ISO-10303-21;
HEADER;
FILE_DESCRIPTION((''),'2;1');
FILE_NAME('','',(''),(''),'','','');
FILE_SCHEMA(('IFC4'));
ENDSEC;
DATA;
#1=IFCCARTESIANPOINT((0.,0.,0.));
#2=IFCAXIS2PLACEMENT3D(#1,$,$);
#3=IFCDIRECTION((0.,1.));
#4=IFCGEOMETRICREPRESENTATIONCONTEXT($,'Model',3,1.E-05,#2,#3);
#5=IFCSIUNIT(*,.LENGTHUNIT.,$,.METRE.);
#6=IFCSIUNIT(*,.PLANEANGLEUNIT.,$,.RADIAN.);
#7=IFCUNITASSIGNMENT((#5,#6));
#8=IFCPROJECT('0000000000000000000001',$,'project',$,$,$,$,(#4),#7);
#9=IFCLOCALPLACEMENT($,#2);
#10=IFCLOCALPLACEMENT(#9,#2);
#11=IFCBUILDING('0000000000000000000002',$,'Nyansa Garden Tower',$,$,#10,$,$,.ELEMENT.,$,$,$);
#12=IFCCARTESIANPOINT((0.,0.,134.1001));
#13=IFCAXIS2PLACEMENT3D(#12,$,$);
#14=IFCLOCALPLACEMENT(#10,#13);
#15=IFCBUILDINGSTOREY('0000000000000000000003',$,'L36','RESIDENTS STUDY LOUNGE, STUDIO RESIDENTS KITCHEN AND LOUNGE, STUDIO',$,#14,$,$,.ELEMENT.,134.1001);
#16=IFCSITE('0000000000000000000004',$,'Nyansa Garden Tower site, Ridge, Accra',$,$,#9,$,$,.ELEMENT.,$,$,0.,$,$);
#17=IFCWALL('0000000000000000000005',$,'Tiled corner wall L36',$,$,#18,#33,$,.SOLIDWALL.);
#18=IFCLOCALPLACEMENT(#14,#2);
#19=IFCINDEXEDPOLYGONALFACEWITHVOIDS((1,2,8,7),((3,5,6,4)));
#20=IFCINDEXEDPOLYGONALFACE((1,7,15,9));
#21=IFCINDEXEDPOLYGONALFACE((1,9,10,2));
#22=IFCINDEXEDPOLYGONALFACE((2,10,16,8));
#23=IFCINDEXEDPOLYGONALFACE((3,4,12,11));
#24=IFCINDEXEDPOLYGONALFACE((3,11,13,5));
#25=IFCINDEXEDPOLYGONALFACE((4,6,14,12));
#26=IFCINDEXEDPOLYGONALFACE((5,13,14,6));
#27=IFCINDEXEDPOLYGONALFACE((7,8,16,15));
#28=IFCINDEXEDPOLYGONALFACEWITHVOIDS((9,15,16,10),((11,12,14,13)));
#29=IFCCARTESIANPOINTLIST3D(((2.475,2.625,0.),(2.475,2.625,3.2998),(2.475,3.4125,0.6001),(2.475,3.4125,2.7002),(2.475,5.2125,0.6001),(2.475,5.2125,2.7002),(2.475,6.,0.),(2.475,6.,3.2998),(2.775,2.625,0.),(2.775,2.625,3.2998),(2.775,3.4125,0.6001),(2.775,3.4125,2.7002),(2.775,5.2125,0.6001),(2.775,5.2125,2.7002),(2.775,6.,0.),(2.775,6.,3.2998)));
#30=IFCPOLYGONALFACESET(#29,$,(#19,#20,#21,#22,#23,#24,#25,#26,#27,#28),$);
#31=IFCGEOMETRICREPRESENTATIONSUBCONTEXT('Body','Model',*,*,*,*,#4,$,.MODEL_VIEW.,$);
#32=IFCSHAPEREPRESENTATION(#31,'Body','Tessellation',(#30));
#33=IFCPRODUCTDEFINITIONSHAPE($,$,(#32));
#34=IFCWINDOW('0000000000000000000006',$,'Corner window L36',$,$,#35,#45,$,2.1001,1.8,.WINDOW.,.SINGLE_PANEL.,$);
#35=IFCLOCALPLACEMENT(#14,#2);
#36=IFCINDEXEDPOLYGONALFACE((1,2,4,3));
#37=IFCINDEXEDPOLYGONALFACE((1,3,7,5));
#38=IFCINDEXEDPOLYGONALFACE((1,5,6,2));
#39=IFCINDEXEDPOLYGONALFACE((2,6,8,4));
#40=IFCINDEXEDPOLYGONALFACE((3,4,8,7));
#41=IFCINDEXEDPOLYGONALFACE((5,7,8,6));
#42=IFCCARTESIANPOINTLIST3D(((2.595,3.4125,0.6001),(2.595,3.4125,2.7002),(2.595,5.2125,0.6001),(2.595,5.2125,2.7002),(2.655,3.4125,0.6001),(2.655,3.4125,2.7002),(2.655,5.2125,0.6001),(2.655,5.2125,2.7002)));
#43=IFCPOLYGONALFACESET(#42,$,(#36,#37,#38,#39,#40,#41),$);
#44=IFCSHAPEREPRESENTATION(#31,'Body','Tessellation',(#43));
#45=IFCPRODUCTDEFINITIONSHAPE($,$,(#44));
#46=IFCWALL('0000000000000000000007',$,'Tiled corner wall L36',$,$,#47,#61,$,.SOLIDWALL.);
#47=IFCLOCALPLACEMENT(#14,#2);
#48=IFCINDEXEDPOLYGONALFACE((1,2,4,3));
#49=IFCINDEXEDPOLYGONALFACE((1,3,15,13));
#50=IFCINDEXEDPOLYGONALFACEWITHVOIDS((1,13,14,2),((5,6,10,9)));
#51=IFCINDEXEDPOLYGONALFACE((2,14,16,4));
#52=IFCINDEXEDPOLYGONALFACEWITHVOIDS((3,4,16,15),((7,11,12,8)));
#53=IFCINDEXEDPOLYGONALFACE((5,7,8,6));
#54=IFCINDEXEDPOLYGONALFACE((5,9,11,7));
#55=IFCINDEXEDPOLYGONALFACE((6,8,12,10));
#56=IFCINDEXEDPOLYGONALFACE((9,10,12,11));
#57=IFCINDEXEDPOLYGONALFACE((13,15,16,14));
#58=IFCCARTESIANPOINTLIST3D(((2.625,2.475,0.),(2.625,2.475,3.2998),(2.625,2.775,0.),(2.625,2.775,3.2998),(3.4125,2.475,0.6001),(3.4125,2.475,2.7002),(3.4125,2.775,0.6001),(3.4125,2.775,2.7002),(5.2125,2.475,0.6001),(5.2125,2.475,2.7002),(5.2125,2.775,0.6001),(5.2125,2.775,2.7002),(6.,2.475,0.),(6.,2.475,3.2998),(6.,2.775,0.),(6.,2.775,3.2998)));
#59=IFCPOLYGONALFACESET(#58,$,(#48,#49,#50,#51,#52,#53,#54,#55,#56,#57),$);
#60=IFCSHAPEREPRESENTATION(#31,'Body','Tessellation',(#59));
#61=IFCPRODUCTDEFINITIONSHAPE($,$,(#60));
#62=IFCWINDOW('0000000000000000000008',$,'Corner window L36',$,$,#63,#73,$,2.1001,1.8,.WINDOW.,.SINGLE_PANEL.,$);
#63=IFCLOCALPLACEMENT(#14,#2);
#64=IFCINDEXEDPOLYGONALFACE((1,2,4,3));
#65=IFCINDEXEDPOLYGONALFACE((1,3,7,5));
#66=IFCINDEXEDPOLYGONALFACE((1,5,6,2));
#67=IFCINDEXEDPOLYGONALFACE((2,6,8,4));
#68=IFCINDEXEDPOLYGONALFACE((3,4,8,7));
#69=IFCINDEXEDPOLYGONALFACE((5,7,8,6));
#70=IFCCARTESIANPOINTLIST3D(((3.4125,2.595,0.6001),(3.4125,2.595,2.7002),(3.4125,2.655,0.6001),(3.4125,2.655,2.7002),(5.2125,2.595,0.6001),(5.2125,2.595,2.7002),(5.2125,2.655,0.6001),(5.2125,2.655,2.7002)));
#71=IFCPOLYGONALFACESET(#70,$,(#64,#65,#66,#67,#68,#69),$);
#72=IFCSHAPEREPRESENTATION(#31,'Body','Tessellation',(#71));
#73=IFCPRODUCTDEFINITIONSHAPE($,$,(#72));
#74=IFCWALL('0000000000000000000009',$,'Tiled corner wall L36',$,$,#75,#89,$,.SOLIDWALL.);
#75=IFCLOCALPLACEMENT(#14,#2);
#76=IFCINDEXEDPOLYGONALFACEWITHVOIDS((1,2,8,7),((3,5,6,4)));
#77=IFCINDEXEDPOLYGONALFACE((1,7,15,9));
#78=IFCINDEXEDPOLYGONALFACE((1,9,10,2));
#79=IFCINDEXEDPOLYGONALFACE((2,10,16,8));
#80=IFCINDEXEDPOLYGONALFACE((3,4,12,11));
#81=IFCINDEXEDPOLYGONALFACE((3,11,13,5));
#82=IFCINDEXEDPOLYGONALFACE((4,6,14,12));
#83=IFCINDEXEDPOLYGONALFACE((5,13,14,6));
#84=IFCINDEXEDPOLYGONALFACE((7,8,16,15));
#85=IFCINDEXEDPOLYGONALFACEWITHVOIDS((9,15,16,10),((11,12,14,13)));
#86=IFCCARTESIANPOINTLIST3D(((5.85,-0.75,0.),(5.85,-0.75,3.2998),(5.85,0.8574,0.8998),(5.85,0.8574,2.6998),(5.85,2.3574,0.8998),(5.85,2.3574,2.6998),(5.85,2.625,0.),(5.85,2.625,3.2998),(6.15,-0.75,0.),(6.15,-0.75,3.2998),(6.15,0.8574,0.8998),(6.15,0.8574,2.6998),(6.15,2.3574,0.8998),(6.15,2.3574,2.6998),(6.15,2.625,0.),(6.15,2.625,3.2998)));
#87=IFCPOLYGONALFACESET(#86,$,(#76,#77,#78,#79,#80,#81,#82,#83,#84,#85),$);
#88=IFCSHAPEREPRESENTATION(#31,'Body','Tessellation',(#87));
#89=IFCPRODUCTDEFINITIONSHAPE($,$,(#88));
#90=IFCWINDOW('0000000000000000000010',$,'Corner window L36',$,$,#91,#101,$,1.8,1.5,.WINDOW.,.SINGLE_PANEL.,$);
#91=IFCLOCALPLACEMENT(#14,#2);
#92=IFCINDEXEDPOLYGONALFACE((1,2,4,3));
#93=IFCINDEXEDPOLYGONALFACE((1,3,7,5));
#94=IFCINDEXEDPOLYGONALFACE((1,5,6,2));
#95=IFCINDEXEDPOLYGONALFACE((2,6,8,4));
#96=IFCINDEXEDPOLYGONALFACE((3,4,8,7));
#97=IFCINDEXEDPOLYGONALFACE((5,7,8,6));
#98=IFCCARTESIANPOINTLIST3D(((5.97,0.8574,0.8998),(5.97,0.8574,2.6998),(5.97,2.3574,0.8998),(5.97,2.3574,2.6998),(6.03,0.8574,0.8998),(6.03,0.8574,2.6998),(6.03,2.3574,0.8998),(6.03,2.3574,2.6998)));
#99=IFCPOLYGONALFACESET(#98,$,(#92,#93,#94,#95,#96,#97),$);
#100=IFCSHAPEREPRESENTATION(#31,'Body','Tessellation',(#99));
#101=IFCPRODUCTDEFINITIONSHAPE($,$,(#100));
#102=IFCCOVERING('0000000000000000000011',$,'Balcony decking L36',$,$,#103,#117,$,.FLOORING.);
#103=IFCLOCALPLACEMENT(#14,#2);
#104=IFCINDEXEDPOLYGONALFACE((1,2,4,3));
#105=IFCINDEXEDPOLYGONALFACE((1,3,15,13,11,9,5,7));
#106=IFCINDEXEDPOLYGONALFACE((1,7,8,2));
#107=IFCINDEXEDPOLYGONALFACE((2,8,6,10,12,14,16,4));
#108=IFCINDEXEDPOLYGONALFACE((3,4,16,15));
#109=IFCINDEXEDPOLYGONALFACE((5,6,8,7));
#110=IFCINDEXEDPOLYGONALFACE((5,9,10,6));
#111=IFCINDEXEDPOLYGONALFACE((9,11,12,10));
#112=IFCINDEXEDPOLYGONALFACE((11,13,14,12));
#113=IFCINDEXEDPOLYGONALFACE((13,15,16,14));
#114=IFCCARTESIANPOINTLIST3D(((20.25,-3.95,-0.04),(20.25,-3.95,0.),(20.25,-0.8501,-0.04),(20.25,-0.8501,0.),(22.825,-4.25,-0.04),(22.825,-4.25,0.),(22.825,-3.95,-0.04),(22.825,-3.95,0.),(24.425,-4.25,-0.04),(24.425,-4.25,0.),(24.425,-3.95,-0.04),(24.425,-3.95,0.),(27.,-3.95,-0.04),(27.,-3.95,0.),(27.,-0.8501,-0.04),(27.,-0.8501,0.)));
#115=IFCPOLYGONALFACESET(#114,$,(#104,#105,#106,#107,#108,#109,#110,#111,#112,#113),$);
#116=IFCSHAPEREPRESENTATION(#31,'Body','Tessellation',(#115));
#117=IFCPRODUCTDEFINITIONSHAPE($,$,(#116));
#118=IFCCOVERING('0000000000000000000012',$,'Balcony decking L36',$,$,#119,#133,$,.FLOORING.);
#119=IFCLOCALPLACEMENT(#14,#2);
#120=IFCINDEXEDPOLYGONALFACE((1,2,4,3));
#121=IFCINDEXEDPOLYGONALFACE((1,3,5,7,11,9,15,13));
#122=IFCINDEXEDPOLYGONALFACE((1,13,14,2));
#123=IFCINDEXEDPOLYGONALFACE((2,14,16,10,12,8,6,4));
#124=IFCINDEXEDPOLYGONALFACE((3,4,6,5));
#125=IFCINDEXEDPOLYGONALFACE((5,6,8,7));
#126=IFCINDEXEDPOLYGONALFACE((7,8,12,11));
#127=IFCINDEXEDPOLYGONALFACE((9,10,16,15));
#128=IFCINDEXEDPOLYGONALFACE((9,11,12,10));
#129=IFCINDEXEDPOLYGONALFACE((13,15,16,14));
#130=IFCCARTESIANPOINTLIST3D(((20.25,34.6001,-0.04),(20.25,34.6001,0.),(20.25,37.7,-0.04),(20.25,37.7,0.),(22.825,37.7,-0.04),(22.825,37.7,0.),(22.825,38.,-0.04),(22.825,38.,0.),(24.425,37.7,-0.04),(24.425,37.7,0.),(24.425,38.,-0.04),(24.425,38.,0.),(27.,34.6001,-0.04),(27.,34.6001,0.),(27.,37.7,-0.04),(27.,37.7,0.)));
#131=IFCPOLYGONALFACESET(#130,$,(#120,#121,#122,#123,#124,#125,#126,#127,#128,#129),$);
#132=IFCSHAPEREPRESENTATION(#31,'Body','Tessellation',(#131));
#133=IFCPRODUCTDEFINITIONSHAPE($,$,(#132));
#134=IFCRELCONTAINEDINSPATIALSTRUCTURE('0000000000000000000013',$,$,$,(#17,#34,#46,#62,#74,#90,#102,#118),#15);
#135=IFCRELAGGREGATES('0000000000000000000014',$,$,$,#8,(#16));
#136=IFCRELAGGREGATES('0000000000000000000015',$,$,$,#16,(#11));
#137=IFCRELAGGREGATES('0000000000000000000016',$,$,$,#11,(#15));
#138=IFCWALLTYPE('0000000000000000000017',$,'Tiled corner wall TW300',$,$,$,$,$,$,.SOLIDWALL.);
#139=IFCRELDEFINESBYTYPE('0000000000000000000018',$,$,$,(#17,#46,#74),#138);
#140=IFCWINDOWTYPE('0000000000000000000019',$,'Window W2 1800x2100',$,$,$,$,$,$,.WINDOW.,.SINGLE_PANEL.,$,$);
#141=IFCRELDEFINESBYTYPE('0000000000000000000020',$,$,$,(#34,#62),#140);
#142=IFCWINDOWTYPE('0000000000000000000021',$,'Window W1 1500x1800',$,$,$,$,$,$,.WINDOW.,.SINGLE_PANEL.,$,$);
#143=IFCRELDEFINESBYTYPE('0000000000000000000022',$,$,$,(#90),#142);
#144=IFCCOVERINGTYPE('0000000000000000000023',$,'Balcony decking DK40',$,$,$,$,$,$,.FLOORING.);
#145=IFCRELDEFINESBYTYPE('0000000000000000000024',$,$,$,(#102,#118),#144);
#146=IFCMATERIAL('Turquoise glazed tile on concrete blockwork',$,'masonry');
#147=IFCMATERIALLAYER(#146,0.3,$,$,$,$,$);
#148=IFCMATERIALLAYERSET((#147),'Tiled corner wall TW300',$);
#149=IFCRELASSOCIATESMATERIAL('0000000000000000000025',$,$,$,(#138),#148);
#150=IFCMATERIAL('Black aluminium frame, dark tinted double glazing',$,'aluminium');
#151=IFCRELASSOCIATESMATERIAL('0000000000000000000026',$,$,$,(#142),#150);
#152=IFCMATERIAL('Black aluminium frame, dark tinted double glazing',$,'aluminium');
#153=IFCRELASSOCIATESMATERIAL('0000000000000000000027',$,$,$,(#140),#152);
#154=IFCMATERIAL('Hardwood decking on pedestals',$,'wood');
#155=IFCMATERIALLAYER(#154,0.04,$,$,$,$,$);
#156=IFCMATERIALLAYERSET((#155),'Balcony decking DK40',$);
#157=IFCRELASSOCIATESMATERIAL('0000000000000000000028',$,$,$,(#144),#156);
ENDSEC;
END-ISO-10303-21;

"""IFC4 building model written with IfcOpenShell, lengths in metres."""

from ifc_helpers import new_model, si_unit, direction, frame, frame_2d, origin, place, context, subcontext, project, spatial, polyline, rectangle, outline, extrude, material, layer, layer_set, type_object, element, fill, save


model = new_model("IFC4")

# Units and contexts
model_context = context("Model", 3, precision=1e-05, world=origin(), true_north=direction((0.0, 1.0)))
body_context = subcontext(model_context, "Body", "Model", "MODEL_VIEW")
ifc_project = project(units=[si_unit("LENGTHUNIT", "METRE"), si_unit("PLANEANGLEUNIT", "RADIAN")], contexts=[model_context])

# Site, building, storey
site_placement = place(None, origin())
site = spatial("IfcSite", under=ifc_project, at=site_placement, Name="Nyansa Garden Tower site, Ridge, Accra", CompositionType="ELEMENT", RefElevation=0.0)
building_placement = place(site_placement, origin())
building = spatial("IfcBuilding", under=site, at=building_placement, Name="Nyansa Garden Tower", CompositionType="ELEMENT")
storey_placement = place(building_placement, frame((0.0, 0.0, 134.1001)))
storey = spatial("IfcBuildingStorey", under=building, at=storey_placement, Name="L36", Description="RESIDENTS STUDY LOUNGE, STUDIO RESIDENTS KITCHEN AND LOUNGE, STUDIO", CompositionType="ELEMENT", Elevation=134.1001)

# Walls, openings, windows
ifc_material_1 = material(Name="Turquoise glazed tile on concrete blockwork", Category="masonry")
ifc_layer_1 = layer(ifc_material_1, 0.3)
ifc_layer_set_1 = layer_set([ifc_layer_1], Name="Tiled corner wall TW300")
wall_type = type_object("IfcWallType", Name="Tiled corner wall TW300", PredefinedType="SOLIDWALL", material=ifc_layer_set_1)
ifc_material_2 = material(Name="Black aluminium frame, dark tinted double glazing", Category="aluminium")
window_type_1 = type_object("IfcWindowType", Name="Window W1 1500x1800", PartitioningType="SINGLE_PANEL", PredefinedType="WINDOW", material=ifc_material_2)
wall_1_placement = place(storey_placement, frame((2.625, 6.0, 0.0), z_axis=(0.0, 0.0, 1.0), x_axis=(0.0, -1.0, 0.0)))
wall_1 = element("IfcWall", 1, at=wall_1_placement, inside=storey, type_object=wall_type, Name="Tiled corner wall L36", PredefinedType="SOLIDWALL", context=body_context, shape_type="SweptSolid", body=[
    extrude(rectangle(XDim=3.375, YDim=0.3, at=frame_2d((1.6875, 0.0))), origin(), (0.0, 0.0, 1.0), 3.2998),
])
opening_1_placement = place(wall_1_placement, frame((0.7876, 0.0, 0.6001)))
opening_1 = element("IfcOpeningElement", 2, at=opening_1_placement, cuts=wall_1, PredefinedType="OPENING", context=body_context, shape_type="SweptSolid", body=[
    extrude(rectangle(XDim=1.8, YDim=2.1001, at=frame_2d((0.8999, 1.05))), frame((0.0, 0.1599, 0.0), z_axis=(0.0, -1.0, 0.0), x_axis=(1.0, 0.0, 0.0)), (0.0, 0.0, 1.0), 0.3201),
])
ifc_material_3 = material(Name="Black aluminium frame, dark tinted double glazing", Category="aluminium")
window_type_2 = type_object("IfcWindowType", Name="Window W2 1800x2100", PartitioningType="SINGLE_PANEL", PredefinedType="WINDOW", material=ifc_material_3)
window_1_placement = place(opening_1_placement, origin())
window_1 = element("IfcWindow", 3, at=window_1_placement, inside=storey, type_object=window_type_2, Name="Corner window L36", OverallHeight=2.1001, OverallWidth=1.8, PartitioningType="SINGLE_PANEL", PredefinedType="WINDOW", context=body_context, shape_type="SweptSolid", body=[
    extrude(rectangle(XDim=1.8, YDim=2.1001, at=frame_2d((0.8999, 1.05))), frame((0.0, 0.03, 0.0), z_axis=(0.0, -1.0, 0.0), x_axis=(1.0, 0.0, 0.0)), (0.0, 0.0, 1.0), 0.0601),
])
fill(opening_1, window_1)
wall_2_placement = place(storey_placement, frame((2.625, 2.625, 0.0), z_axis=(0.0, 0.0, 1.0), x_axis=(1.0, 0.0, 0.0)))
wall_2 = element("IfcWall", 4, at=wall_2_placement, inside=storey, type_object=wall_type, Name="Tiled corner wall L36", PredefinedType="SOLIDWALL", context=body_context, shape_type="SweptSolid", body=[
    extrude(rectangle(XDim=3.375, YDim=0.3, at=frame_2d((1.6875, 0.0))), origin(), (0.0, 0.0, 1.0), 3.2998),
])
opening_2_placement = place(wall_2_placement, frame((0.7876, 0.0, 0.6001)))
opening_2 = element("IfcOpeningElement", 5, at=opening_2_placement, cuts=wall_2, PredefinedType="OPENING", context=body_context, shape_type="SweptSolid", body=[
    extrude(rectangle(XDim=1.8, YDim=2.1001, at=frame_2d((0.8999, 1.05))), frame((0.0, 0.1599, 0.0), z_axis=(0.0, -1.0, 0.0), x_axis=(1.0, 0.0, 0.0)), (0.0, 0.0, 1.0), 0.3201),
])
window_2_placement = place(opening_2_placement, origin())
window_2 = element("IfcWindow", 6, at=window_2_placement, inside=storey, type_object=window_type_2, Name="Corner window L36", OverallHeight=2.1001, OverallWidth=1.8, PartitioningType="SINGLE_PANEL", PredefinedType="WINDOW", context=body_context, shape_type="SweptSolid", body=[
    extrude(rectangle(XDim=1.8, YDim=2.1001, at=frame_2d((0.8999, 1.05))), frame((0.0, 0.03, 0.0), z_axis=(0.0, -1.0, 0.0), x_axis=(1.0, 0.0, 0.0)), (0.0, 0.0, 1.0), 0.0601),
])
fill(opening_2, window_2)
wall_3_placement = place(storey_placement, frame((6.0, 2.625, 0.0), z_axis=(0.0, 0.0, 1.0), x_axis=(0.0, -1.0, 0.0)))
wall_3 = element("IfcWall", 7, at=wall_3_placement, inside=storey, type_object=wall_type, Name="Tiled corner wall L36", PredefinedType="SOLIDWALL", context=body_context, shape_type="SweptSolid", body=[
    extrude(rectangle(XDim=3.375, YDim=0.3, at=frame_2d((1.6875, 0.0))), origin(), (0.0, 0.0, 1.0), 3.2998),
])
opening_3_placement = place(wall_3_placement, frame((0.2676, 0.0, 0.8999)))
opening_3 = element("IfcOpeningElement", 8, at=opening_3_placement, cuts=wall_3, PredefinedType="OPENING", context=body_context, shape_type="SweptSolid", body=[
    extrude(rectangle(XDim=1.5, YDim=1.8, at=frame_2d((0.75, 0.8999))), frame((0.0, 0.1599, 0.0), z_axis=(0.0, -1.0, 0.0), x_axis=(1.0, 0.0, 0.0)), (0.0, 0.0, 1.0), 0.3201),
])
window_3_placement = place(opening_3_placement, origin())
window_3 = element("IfcWindow", 9, at=window_3_placement, inside=storey, type_object=window_type_1, Name="Corner window L36", OverallHeight=1.8, OverallWidth=1.5, PartitioningType="SINGLE_PANEL", PredefinedType="WINDOW", context=body_context, shape_type="SweptSolid", body=[
    extrude(rectangle(XDim=1.5, YDim=1.8, at=frame_2d((0.75, 0.8999))), frame((0.0, 0.03, 0.0), z_axis=(0.0, -1.0, 0.0), x_axis=(1.0, 0.0, 0.0)), (0.0, 0.0, 1.0), 0.0601),
])
fill(opening_3, window_3)

# Coverings
ifc_material_4 = material(Name="Hardwood decking on pedestals", Category="wood")
ifc_layer_2 = layer(ifc_material_4, 0.04)
ifc_layer_set_2 = layer_set([ifc_layer_2], Name="Balcony decking DK40")
covering_type = type_object("IfcCoveringType", Name="Balcony decking DK40", PredefinedType="FLOORING", material=ifc_layer_set_2)
covering_1_placement = place(storey_placement, frame((0.0, 0.0, -0.04)))
element("IfcCovering", 10, at=covering_1_placement, inside=storey, type_object=covering_type, Name="Balcony decking L36", PredefinedType="FLOORING", context=body_context, shape_type="SweptSolid", body=[
    extrude(outline(polyline([(20.25, -0.8501), (27.0, -0.8501), (27.0, -3.95), (24.425, -3.95), (24.425, -4.25), (22.825, -4.25), (22.825, -3.95), (20.25, -3.95), (20.25, -0.8501)])), origin(), (0.0, 0.0, 1.0), 0.04),
])
covering_2_placement = place(storey_placement, frame((0.0, 0.0, -0.04)))
element("IfcCovering", 11, at=covering_2_placement, inside=storey, type_object=covering_type, Name="Balcony decking L36", PredefinedType="FLOORING", context=body_context, shape_type="SweptSolid", body=[
    extrude(outline(polyline([(20.25, 34.6001), (27.0, 34.6001), (27.0, 37.7), (24.425, 37.7), (24.425, 38.0), (22.825, 38.0), (22.825, 37.7), (20.25, 37.7), (20.25, 34.6001)])), origin(), (0.0, 0.0, 1.0), 0.04),
])

save(model, "model.ifc")
